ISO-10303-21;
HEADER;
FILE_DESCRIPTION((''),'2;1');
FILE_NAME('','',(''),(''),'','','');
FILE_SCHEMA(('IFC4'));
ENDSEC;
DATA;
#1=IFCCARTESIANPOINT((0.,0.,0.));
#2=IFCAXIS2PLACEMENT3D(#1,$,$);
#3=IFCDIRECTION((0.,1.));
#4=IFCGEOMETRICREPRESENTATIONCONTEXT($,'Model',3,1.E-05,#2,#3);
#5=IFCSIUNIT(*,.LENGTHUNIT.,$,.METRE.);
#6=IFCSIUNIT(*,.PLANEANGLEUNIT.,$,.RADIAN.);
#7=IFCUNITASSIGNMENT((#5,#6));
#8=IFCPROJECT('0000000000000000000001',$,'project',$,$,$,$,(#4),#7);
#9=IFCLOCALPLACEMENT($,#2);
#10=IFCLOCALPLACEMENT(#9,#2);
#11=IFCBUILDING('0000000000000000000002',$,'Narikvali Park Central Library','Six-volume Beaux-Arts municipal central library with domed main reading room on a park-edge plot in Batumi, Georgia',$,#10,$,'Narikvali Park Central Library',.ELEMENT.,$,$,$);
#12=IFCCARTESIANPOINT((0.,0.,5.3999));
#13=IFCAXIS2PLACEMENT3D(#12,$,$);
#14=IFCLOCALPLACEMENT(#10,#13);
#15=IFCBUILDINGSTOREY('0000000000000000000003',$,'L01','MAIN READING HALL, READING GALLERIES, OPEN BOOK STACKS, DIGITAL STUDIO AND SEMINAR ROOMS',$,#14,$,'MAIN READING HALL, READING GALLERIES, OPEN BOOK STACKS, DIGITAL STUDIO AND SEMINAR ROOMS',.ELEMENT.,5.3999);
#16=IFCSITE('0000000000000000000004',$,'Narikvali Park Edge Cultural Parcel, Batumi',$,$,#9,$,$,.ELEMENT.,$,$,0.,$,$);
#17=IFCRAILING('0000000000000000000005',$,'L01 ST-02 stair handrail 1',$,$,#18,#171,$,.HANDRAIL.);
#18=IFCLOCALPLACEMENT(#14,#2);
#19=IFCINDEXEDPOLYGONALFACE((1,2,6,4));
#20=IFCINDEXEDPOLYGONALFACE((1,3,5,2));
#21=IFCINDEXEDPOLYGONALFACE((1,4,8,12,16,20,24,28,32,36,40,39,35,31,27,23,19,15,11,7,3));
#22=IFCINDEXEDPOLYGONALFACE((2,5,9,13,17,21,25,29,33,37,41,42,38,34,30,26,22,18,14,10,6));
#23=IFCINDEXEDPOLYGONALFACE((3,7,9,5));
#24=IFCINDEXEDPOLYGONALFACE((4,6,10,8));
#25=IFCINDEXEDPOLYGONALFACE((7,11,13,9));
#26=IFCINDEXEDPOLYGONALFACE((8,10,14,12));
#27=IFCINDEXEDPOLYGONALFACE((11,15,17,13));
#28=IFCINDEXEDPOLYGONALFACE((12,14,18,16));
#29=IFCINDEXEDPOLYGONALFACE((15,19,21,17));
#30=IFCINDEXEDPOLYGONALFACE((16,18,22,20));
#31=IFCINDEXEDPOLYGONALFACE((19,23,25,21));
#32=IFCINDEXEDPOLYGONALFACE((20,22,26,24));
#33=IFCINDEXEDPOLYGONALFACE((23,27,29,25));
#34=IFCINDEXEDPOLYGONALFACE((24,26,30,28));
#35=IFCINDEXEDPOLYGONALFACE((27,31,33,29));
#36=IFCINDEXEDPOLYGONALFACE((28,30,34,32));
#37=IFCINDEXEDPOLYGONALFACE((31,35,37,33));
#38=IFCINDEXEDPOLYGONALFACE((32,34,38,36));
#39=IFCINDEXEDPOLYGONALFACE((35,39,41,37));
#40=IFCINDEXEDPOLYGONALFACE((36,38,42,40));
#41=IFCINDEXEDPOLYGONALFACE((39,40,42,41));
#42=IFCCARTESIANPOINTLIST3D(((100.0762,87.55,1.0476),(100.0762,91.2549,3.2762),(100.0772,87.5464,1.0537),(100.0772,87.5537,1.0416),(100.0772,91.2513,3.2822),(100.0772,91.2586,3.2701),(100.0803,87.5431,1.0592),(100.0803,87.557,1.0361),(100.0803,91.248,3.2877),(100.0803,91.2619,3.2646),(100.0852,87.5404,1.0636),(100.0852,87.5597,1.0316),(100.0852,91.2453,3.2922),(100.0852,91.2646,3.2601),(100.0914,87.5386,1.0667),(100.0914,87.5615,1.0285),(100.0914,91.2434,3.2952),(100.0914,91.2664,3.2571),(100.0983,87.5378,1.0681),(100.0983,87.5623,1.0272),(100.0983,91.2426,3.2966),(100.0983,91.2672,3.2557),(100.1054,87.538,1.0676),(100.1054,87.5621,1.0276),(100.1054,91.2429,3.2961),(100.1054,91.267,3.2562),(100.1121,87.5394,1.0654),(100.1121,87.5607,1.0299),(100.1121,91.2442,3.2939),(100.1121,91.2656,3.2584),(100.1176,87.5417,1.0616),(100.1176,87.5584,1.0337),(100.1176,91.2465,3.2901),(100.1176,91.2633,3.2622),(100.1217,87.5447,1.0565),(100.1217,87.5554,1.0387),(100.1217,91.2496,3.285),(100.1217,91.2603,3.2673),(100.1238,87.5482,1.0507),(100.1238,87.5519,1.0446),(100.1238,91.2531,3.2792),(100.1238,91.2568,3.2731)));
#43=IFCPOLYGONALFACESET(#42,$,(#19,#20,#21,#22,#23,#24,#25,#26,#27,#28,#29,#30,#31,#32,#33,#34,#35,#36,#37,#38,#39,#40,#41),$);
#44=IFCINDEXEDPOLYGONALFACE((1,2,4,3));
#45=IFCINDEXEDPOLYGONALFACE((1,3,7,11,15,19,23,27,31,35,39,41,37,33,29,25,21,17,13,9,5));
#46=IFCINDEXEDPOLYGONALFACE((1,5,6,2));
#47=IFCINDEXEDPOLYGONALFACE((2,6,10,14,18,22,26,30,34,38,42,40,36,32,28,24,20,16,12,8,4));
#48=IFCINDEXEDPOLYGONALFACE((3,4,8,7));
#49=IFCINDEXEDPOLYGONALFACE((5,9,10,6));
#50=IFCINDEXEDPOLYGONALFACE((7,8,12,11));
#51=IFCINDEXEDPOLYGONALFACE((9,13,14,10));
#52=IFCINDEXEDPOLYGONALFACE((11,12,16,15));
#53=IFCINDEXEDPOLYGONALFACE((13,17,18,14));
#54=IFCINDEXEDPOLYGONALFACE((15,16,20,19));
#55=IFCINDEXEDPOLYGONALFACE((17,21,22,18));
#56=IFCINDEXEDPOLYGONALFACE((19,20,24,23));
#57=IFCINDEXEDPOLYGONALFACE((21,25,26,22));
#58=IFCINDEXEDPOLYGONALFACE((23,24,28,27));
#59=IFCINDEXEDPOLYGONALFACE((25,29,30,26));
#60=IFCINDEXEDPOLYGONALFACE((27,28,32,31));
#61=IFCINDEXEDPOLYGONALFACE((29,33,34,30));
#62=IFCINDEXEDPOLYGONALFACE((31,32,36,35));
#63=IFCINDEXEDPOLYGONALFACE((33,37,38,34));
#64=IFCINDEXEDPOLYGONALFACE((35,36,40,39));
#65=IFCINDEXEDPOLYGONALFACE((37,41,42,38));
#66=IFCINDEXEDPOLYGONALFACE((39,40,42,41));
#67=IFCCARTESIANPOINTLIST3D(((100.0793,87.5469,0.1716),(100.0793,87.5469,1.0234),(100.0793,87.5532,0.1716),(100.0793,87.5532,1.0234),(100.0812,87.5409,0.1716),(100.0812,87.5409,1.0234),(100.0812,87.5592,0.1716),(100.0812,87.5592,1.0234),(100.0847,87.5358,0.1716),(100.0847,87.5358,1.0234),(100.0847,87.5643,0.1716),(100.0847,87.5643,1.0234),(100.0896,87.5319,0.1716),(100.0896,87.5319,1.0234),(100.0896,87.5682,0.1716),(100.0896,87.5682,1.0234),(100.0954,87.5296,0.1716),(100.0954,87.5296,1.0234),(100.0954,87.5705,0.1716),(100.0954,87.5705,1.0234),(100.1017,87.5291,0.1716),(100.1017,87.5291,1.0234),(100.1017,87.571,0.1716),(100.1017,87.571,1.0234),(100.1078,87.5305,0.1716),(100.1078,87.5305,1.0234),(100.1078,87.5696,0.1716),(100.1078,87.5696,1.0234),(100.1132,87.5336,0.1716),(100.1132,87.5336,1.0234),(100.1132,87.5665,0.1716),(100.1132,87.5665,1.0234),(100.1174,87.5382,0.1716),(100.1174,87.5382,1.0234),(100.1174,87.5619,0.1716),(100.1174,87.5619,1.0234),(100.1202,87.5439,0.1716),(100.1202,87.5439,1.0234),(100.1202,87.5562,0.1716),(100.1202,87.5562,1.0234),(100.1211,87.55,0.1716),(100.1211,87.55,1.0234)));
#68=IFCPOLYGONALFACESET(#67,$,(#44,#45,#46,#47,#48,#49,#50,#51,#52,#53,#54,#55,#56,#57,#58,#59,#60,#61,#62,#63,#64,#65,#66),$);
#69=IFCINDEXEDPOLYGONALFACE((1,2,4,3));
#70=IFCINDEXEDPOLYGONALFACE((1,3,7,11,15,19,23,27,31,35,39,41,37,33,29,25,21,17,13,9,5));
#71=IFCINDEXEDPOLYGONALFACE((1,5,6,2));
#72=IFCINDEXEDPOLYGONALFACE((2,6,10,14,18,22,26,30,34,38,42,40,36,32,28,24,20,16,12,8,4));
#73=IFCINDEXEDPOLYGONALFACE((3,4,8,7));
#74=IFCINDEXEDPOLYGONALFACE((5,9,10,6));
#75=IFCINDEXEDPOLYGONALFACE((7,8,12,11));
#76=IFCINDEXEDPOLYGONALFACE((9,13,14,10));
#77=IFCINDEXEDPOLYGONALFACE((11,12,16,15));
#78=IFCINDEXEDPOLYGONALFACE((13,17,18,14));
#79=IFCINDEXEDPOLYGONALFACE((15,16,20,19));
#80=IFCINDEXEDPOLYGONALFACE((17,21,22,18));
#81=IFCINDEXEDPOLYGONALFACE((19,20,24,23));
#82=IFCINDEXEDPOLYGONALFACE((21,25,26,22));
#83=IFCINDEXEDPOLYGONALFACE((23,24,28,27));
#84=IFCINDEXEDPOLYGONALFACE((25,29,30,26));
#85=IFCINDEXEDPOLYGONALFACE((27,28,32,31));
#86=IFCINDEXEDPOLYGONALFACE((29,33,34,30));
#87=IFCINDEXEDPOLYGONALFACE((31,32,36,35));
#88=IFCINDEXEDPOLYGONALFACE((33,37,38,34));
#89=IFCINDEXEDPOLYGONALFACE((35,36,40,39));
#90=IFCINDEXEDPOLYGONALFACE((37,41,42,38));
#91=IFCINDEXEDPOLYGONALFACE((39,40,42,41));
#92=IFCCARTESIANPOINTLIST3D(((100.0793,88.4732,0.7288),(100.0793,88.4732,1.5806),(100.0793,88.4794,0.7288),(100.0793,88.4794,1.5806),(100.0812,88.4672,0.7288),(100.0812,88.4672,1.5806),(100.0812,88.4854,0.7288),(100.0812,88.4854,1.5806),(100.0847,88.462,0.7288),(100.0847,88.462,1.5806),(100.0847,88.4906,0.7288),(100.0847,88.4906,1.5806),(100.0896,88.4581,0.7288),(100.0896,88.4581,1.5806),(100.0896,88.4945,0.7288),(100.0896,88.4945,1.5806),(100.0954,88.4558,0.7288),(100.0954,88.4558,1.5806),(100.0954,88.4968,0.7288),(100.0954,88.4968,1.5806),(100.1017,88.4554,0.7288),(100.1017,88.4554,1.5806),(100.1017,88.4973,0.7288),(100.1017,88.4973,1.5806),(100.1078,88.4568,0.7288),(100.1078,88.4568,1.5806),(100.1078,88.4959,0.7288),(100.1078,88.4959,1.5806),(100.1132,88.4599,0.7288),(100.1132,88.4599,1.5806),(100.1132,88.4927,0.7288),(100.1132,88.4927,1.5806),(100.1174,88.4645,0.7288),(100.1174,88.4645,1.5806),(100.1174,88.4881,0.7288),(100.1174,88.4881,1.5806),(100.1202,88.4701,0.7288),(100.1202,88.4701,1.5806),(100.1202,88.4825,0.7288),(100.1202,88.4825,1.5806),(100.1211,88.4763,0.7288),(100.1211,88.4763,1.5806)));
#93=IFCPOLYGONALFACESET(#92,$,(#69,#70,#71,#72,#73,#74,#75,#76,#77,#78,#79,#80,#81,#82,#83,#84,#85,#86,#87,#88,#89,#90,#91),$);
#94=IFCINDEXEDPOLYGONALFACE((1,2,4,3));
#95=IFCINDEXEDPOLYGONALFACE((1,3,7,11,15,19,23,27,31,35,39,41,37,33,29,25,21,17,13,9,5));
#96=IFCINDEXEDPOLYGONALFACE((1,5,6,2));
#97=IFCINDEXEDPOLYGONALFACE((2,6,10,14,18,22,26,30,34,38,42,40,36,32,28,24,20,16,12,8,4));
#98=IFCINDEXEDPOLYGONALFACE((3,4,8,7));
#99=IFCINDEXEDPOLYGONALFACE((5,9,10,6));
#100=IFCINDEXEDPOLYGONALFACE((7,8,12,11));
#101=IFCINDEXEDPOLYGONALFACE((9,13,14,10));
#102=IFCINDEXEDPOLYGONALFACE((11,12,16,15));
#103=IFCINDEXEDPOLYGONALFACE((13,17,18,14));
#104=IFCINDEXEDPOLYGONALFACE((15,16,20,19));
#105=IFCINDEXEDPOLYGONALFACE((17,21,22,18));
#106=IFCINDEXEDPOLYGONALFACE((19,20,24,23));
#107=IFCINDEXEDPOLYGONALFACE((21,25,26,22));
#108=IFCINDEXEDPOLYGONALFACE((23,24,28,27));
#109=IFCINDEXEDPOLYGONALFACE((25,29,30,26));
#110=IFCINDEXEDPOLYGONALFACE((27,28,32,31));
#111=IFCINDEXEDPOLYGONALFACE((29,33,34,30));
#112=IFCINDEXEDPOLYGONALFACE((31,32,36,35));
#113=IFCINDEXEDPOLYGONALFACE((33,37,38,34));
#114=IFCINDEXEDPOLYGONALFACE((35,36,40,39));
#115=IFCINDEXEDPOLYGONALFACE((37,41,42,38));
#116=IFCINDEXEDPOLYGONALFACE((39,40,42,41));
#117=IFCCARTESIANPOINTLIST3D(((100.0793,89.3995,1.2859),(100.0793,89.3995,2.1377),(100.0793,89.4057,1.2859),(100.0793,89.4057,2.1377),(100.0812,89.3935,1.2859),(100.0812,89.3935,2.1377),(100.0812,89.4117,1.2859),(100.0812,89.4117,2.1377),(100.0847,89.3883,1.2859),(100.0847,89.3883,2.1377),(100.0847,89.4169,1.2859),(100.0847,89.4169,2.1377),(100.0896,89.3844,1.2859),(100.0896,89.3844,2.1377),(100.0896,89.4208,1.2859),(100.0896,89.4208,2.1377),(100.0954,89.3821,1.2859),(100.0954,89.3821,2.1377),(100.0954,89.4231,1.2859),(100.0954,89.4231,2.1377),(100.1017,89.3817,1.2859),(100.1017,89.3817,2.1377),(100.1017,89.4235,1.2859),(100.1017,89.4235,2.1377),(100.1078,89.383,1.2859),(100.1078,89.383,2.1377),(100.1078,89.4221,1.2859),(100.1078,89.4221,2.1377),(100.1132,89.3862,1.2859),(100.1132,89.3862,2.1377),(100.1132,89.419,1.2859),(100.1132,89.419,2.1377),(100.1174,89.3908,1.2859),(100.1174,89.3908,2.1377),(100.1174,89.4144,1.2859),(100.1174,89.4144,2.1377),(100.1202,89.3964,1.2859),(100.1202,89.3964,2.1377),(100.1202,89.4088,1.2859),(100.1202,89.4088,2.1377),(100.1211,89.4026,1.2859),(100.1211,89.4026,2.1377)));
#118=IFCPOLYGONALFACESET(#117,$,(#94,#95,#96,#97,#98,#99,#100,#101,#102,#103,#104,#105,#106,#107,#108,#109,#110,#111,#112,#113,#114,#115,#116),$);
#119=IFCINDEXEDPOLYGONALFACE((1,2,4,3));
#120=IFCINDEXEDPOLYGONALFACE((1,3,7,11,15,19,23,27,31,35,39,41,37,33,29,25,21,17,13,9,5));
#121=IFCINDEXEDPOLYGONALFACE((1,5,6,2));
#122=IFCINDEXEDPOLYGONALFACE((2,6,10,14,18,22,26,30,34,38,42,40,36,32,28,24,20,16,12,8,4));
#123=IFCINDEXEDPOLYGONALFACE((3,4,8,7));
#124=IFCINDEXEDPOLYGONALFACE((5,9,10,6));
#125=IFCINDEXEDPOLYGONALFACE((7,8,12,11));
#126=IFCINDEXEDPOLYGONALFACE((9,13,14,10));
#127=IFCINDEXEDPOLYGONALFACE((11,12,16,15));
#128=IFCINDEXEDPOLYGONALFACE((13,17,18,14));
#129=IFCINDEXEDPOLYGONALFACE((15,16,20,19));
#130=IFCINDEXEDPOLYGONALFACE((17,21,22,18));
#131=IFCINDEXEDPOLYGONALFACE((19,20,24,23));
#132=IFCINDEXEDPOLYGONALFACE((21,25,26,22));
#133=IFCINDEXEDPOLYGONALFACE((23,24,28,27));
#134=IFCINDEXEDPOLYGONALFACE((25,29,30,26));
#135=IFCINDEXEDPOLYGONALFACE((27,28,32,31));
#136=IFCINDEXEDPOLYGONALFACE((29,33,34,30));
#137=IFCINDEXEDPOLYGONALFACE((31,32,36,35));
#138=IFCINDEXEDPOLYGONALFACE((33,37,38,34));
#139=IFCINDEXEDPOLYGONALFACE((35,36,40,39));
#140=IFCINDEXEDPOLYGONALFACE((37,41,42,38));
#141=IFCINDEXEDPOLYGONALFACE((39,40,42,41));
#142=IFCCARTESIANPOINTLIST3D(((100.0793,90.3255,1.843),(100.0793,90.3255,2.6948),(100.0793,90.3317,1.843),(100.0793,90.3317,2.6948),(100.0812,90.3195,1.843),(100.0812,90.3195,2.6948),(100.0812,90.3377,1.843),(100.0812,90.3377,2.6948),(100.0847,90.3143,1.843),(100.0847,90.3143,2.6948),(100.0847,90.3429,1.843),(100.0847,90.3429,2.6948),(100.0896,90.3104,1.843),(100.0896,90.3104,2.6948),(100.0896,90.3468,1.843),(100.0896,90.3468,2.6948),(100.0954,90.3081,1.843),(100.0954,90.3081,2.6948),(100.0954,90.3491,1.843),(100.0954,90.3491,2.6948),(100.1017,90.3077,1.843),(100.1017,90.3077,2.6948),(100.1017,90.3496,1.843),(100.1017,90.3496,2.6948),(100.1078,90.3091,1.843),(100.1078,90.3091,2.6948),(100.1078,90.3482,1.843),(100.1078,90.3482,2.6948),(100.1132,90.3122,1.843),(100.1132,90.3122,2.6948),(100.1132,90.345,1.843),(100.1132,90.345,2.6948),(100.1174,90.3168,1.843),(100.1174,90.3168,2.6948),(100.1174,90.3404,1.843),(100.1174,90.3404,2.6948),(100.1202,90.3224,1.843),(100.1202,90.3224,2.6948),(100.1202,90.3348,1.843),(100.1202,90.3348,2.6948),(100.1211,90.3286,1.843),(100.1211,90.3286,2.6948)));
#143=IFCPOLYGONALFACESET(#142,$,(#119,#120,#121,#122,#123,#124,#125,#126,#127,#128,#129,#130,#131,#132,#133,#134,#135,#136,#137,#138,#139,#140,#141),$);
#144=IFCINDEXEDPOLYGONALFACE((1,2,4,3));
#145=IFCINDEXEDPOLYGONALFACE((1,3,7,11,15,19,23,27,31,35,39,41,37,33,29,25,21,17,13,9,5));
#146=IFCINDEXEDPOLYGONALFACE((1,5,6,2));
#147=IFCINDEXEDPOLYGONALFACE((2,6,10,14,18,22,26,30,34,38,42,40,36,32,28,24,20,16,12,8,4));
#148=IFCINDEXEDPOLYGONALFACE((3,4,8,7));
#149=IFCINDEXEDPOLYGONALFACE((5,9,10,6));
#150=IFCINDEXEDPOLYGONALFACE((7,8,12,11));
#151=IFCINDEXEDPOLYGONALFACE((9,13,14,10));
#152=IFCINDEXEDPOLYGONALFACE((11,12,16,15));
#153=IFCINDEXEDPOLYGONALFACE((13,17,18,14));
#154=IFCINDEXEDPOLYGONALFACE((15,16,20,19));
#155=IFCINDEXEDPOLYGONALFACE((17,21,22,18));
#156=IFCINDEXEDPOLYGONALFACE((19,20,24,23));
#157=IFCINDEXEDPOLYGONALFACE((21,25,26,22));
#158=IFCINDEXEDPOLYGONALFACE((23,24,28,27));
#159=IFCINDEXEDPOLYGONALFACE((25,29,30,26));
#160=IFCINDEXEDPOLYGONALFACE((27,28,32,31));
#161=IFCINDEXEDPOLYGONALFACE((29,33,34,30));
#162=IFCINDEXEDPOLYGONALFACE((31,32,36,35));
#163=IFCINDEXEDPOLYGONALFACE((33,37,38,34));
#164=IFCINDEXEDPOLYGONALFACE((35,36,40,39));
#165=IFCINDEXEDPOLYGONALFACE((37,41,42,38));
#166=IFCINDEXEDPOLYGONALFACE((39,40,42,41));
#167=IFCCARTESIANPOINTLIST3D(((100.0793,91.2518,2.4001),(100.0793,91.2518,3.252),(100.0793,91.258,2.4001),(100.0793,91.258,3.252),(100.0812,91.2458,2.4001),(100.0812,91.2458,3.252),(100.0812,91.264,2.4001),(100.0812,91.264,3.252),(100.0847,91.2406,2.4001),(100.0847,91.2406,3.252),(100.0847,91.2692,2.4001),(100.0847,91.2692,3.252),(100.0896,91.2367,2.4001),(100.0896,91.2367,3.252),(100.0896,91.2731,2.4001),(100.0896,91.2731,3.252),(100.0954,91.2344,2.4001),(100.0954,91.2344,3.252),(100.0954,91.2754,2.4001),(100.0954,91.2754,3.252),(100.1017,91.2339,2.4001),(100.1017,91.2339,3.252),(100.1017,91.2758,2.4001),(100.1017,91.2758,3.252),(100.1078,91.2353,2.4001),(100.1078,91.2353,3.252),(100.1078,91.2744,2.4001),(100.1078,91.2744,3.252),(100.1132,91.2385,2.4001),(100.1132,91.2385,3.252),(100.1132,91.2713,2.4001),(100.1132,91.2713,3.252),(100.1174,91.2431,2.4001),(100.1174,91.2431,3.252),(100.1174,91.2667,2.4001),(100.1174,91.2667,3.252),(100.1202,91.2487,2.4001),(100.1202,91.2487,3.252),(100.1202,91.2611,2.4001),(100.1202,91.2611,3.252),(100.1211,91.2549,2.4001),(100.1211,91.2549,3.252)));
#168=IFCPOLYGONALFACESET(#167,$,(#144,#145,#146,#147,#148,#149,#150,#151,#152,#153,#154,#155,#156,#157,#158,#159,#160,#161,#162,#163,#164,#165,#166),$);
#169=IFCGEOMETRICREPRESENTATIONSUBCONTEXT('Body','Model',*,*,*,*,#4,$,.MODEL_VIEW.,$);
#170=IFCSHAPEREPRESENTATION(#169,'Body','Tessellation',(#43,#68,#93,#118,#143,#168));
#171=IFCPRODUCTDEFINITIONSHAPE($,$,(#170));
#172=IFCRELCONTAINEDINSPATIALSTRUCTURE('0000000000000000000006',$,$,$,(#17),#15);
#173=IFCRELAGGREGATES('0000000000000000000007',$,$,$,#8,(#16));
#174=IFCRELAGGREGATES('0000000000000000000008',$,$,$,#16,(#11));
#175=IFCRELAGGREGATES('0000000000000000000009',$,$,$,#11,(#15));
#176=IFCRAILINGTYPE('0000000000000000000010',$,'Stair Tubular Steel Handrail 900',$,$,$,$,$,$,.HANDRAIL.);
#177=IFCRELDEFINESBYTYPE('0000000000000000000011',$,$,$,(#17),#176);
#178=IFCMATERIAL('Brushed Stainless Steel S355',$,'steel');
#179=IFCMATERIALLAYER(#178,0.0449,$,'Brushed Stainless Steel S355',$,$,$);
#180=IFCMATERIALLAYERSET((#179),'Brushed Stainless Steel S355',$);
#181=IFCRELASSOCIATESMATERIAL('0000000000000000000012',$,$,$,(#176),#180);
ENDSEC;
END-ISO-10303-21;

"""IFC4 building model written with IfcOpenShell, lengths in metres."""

from ifc_helpers import new_model, si_unit, direction, frame, origin, origin_2d, place, context, subcontext, project, spatial, circle, extrude, material, layer, layer_set, type_object, element, save


model = new_model("IFC4")

# Units and contexts
model_context = context("Model", 3, precision=1e-05, world=origin(), true_north=direction((0.0, 1.0)))
body_context = subcontext(model_context, "Body", "Model", "MODEL_VIEW")
ifc_project = project(units=[si_unit("LENGTHUNIT", "METRE"), si_unit("PLANEANGLEUNIT", "RADIAN")], contexts=[model_context])

# Site, building, storey
site_placement = place(None, origin())
site = spatial("IfcSite", under=ifc_project, at=site_placement, Name="Narikvali Park Edge Cultural Parcel, Batumi", CompositionType="ELEMENT", RefElevation=0.0)
building_placement = place(site_placement, origin())
building = spatial("IfcBuilding", under=site, at=building_placement, Name="Narikvali Park Central Library", Description="Six-volume Beaux-Arts municipal central library with domed main reading room on a park-edge plot in Batumi, Georgia", LongName="Narikvali Park Central Library", CompositionType="ELEMENT")
storey_placement = place(building_placement, frame((0.0, 0.0, 5.3999)))
storey = spatial("IfcBuildingStorey", under=building, at=storey_placement, Name="L01", Description="MAIN READING HALL, READING GALLERIES, OPEN BOOK STACKS, DIGITAL STUDIO AND SEMINAR ROOMS", LongName="MAIN READING HALL, READING GALLERIES, OPEN BOOK STACKS, DIGITAL STUDIO AND SEMINAR ROOMS", CompositionType="ELEMENT", Elevation=5.3999)

# Shared definitions
ifc_material_1 = material(Name="Brushed Stainless Steel S355", Category="steel")

# Railing
ifc_layer_1 = layer(ifc_material_1, 0.0449, Name="Brushed Stainless Steel S355")
ifc_layer_set_1 = layer_set([ifc_layer_1], Name="Brushed Stainless Steel S355")
railing_type_1 = type_object("IfcRailingType", Name="Stair Tubular Steel Handrail 900", PredefinedType="HANDRAIL", material=ifc_layer_set_1)
railing_1_placement = place(storey_placement, frame((100.1001, 87.55, 0.1716)))
element("IfcRailing", 1, at=railing_1_placement, inside=storey, type_object=railing_type_1, Name="L01 ST-02 stair handrail 1", PredefinedType="HANDRAIL", context=body_context, shape_type="SweptSolid", body=[
    extrude(circle(Radius=0.0239, at=origin_2d()), frame((0.0, 0.0, 0.876), z_axis=(0.0, 0.856919, 0.51545), x_axis=(-1.0, 0.0, 0.0)), (0.0, 0.0, 1.0), 4.3235),
    extrude(circle(Radius=0.021, at=origin_2d()), origin(), (0.0, 0.0, 1.0), 0.8518),
    extrude(circle(Radius=0.021, at=origin_2d()), frame((0.0, 0.9263, 0.5571)), (0.0, 0.0, 1.0), 0.8518),
    extrude(circle(Radius=0.021, at=origin_2d()), frame((0.0, 1.8525, 1.1143)), (0.0, 0.0, 1.0), 0.8518),
    extrude(circle(Radius=0.021, at=origin_2d()), frame((0.0, 2.7786, 1.6714)), (0.0, 0.0, 1.0), 0.8518),
    extrude(circle(Radius=0.021, at=origin_2d()), frame((0.0, 3.7048, 2.2285)), (0.0, 0.0, 1.0), 0.8518),
])

save(model, "model.ifc")
